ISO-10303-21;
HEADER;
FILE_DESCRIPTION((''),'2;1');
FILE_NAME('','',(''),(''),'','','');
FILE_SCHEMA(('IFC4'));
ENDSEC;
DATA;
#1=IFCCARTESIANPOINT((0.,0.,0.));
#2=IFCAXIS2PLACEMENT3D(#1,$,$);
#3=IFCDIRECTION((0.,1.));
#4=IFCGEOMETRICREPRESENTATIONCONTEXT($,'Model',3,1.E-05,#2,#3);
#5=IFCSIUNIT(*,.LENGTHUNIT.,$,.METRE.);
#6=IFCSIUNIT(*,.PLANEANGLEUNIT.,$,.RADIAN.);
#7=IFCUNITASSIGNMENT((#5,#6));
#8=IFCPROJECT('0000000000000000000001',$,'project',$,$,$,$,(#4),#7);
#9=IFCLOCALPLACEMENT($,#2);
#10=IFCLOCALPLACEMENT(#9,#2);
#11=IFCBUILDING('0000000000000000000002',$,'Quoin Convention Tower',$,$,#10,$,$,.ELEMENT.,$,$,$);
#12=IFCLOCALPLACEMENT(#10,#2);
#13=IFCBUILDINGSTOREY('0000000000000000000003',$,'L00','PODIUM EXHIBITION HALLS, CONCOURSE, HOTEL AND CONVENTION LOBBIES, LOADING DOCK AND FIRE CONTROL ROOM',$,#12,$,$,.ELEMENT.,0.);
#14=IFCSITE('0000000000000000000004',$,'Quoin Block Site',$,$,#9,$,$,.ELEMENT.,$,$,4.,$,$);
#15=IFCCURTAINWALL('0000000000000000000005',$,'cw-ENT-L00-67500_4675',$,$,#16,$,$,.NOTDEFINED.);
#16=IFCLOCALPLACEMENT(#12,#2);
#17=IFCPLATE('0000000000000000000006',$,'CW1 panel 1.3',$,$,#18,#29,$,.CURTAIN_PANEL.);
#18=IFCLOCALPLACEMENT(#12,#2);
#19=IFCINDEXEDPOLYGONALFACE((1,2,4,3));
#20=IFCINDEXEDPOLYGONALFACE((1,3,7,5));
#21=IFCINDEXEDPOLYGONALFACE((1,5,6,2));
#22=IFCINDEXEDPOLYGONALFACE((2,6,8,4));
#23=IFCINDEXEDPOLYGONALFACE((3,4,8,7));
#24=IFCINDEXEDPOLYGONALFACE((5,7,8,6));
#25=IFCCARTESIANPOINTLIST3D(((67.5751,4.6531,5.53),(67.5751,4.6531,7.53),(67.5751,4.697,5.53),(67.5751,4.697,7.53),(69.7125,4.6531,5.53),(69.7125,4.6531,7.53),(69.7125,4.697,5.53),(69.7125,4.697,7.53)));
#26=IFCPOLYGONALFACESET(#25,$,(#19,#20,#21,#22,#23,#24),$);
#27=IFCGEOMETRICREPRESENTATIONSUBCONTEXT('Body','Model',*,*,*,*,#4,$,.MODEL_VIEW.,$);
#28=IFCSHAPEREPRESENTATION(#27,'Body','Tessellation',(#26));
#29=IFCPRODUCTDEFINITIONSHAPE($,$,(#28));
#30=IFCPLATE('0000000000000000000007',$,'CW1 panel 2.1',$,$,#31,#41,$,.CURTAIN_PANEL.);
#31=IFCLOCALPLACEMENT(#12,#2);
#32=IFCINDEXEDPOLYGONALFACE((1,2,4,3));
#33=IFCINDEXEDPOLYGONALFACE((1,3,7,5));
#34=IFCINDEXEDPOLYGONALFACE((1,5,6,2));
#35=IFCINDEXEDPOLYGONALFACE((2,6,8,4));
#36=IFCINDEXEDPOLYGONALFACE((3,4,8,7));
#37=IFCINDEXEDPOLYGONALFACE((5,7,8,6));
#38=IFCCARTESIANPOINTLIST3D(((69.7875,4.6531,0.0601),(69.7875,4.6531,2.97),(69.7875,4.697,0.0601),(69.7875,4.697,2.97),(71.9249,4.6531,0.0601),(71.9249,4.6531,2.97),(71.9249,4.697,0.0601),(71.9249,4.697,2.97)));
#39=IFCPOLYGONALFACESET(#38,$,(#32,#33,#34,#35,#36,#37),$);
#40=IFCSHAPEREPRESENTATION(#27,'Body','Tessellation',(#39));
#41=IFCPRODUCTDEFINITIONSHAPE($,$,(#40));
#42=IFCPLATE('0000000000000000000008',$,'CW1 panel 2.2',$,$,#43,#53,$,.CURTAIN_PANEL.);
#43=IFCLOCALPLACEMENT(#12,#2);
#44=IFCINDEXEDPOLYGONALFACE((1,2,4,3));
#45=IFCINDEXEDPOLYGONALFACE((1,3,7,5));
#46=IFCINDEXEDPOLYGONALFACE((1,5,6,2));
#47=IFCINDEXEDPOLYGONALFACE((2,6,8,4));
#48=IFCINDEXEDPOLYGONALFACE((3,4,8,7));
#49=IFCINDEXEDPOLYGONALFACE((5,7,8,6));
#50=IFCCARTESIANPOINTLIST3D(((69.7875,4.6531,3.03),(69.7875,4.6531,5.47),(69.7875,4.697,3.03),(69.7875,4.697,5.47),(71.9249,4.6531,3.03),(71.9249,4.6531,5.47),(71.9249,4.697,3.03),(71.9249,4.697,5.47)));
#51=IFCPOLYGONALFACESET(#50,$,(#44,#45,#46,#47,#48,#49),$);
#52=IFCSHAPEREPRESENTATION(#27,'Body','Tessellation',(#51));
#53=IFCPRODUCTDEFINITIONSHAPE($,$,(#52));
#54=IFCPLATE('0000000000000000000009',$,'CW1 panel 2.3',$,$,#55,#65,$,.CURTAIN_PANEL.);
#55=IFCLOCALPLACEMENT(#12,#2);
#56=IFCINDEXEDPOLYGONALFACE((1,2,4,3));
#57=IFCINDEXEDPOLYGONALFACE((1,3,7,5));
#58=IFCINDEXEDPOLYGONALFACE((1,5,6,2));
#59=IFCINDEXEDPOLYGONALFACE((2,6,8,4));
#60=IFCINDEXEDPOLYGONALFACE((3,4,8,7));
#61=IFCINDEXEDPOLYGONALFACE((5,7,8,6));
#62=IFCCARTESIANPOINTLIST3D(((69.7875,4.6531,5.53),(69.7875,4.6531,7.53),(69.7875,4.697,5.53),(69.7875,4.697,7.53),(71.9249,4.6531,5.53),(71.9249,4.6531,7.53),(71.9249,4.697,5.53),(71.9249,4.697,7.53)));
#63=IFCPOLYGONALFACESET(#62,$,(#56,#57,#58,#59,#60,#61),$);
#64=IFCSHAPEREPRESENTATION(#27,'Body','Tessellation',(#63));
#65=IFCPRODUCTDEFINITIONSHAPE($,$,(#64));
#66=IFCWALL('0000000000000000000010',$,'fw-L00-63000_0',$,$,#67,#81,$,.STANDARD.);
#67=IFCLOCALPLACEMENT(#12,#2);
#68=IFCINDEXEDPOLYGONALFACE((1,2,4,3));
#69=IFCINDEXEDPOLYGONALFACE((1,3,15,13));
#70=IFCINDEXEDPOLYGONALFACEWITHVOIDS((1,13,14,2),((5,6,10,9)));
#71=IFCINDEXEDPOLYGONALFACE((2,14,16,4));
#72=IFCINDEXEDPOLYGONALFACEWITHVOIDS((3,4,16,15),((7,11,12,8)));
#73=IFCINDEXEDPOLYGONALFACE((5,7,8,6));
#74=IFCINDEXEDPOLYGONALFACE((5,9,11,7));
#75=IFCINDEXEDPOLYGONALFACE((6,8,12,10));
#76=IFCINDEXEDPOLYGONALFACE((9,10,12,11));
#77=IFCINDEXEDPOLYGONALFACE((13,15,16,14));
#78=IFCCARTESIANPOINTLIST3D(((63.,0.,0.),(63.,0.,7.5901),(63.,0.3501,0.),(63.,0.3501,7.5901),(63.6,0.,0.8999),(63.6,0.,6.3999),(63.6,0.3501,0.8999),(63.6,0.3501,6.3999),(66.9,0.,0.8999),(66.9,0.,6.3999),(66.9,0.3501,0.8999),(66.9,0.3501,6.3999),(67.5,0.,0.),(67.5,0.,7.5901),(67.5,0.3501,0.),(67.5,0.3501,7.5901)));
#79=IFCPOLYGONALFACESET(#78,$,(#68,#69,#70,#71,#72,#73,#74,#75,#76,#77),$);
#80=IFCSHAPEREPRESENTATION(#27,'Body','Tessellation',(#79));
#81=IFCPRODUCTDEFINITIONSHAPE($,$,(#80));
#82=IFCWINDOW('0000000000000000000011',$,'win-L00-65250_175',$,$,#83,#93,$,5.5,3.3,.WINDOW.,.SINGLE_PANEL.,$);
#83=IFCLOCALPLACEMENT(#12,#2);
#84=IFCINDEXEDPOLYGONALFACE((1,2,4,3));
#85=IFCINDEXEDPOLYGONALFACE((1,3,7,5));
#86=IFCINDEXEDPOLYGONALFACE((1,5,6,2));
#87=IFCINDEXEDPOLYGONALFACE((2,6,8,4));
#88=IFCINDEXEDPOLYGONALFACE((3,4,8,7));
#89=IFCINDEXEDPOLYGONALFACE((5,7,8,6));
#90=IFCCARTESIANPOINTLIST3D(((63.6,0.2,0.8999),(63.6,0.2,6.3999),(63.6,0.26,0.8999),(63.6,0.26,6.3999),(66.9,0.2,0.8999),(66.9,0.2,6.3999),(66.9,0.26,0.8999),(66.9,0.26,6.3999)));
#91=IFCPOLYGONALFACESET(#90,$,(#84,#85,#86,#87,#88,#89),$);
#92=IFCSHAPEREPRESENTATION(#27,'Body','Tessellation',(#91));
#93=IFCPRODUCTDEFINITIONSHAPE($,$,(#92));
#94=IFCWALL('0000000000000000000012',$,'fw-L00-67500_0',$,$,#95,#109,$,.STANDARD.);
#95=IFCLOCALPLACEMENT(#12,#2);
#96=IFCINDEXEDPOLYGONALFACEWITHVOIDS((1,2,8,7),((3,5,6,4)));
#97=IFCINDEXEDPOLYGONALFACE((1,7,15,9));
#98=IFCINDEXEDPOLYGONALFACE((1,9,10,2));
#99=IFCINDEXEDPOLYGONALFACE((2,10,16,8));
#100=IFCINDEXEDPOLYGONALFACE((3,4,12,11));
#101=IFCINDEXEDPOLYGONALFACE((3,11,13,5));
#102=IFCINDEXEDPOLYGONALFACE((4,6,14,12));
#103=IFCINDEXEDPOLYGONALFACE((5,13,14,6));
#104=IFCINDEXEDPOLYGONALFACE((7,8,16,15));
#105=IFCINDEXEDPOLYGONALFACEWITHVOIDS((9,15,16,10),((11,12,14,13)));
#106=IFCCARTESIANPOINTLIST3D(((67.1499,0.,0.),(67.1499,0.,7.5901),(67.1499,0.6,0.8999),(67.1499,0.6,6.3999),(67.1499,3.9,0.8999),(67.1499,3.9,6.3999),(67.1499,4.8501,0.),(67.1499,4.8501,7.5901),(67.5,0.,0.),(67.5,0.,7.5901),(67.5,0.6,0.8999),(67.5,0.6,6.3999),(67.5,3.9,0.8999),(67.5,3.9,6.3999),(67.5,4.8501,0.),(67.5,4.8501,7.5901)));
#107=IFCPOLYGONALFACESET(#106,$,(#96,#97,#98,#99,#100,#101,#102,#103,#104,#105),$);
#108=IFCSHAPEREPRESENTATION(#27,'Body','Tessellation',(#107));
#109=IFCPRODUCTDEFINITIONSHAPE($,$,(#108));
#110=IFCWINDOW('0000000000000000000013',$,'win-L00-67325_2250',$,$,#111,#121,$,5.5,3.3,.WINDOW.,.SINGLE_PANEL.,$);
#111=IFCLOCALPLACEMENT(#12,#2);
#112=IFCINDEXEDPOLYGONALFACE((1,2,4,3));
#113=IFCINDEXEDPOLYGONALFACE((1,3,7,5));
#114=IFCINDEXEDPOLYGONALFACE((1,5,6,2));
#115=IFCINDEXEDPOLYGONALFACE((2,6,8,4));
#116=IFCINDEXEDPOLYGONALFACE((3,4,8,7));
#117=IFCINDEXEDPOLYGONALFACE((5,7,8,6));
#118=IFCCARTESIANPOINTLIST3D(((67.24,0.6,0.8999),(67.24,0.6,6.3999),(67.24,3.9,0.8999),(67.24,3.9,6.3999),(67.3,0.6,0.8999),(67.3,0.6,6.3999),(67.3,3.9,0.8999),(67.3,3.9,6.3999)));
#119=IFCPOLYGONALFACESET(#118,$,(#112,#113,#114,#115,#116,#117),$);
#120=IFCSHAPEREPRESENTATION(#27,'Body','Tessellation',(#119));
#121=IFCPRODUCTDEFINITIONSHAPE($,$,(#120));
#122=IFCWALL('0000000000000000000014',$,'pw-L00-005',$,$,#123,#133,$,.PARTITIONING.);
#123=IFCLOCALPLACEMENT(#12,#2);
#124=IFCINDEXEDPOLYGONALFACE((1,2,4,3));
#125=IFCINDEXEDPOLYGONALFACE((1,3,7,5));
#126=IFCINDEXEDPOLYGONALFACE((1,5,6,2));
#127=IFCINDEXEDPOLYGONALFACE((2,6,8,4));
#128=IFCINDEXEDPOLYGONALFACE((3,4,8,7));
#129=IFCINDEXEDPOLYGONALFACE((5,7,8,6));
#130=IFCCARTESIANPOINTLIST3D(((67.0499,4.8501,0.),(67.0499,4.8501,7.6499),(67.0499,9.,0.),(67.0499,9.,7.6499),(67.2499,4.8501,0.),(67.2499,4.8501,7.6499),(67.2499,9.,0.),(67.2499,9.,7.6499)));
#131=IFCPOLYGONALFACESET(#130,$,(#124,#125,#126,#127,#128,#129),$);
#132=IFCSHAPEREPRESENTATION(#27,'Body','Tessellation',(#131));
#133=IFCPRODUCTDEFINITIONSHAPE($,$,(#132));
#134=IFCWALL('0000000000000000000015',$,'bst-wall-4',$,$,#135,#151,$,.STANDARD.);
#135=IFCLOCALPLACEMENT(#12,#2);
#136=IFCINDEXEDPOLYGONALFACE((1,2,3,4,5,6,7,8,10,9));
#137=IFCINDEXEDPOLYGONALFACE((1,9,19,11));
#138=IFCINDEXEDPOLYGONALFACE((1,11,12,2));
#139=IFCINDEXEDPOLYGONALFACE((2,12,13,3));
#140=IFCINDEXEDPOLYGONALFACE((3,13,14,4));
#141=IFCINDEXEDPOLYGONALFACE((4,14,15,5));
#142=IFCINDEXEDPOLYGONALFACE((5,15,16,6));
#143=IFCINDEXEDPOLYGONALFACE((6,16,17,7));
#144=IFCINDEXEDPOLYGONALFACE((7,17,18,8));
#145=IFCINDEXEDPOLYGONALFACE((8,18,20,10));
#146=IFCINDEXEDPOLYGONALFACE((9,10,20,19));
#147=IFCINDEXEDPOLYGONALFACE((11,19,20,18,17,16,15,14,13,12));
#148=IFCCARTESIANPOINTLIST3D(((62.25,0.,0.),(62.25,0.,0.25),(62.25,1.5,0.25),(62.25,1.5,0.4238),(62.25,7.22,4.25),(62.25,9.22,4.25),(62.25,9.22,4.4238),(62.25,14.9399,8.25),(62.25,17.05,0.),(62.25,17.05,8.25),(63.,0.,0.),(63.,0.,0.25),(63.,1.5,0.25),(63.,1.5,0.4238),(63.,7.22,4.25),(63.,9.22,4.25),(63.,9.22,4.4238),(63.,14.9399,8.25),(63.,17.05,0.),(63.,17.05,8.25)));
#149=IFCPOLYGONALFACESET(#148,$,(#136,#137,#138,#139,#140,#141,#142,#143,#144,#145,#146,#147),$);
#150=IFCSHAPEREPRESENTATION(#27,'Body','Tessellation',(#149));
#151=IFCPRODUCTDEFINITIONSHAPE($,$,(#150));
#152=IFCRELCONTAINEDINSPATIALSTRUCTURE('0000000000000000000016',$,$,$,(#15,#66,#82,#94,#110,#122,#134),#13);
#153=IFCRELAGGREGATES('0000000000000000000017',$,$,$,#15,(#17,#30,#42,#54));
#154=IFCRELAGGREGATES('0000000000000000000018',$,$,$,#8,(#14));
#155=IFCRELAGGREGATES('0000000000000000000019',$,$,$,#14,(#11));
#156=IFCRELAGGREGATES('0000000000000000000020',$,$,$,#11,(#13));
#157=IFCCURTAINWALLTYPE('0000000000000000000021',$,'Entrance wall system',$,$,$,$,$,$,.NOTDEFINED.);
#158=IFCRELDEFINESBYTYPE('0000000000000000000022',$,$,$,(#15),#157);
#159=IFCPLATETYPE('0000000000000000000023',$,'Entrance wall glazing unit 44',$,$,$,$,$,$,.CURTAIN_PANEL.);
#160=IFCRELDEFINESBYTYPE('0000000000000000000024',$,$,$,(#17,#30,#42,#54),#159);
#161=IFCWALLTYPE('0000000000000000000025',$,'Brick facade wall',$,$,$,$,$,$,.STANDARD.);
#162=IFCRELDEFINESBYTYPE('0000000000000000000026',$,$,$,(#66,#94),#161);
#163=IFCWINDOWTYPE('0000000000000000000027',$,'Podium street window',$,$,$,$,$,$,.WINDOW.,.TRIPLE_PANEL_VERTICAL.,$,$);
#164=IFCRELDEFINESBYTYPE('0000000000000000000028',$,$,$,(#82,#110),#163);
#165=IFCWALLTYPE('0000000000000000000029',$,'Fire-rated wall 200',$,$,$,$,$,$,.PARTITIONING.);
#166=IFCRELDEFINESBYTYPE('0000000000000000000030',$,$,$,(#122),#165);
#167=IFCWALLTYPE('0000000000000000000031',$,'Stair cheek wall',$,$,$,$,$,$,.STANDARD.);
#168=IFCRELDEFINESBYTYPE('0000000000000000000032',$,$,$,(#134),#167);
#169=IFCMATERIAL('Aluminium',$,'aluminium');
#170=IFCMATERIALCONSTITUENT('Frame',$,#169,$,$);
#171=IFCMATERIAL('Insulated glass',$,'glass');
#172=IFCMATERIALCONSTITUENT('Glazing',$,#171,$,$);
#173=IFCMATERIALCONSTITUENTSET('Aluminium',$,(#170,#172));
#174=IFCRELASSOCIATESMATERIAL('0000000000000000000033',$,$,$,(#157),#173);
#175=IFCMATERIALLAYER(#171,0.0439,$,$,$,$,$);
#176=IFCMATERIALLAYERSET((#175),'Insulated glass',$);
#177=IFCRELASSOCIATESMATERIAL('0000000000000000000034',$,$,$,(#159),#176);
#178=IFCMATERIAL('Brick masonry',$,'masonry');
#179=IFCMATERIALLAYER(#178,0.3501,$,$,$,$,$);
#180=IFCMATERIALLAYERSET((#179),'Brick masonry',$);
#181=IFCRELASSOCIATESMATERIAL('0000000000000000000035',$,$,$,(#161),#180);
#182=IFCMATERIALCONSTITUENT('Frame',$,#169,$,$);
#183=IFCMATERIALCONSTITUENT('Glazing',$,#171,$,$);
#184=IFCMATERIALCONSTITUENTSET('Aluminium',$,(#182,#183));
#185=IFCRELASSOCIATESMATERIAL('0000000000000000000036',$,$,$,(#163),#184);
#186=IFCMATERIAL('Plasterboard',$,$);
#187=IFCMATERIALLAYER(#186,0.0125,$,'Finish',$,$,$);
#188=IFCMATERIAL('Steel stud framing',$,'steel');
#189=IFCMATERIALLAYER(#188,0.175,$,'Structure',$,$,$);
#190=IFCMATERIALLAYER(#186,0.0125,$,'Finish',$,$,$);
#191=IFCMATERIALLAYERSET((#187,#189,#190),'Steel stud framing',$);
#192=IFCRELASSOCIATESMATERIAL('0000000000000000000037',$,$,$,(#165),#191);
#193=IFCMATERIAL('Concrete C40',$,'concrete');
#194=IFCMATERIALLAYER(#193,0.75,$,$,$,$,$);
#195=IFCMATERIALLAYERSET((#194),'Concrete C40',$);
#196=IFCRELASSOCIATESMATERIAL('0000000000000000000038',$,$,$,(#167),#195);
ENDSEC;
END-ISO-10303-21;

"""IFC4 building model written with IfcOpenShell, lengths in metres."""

from ifc_helpers import new_model, si_unit, direction, frame, frame_2d, origin, origin_2d, place, context, subcontext, project, spatial, polyline, rectangle, outline, extrude, material, layer, layer_set, constituent, constituent_set, type_object, element, fill, aggregate, save


model = new_model("IFC4")

# Units and contexts
model_context = context("Model", 3, precision=1e-05, world=origin(), true_north=direction((0.0, 1.0)))
body_context = subcontext(model_context, "Body", "Model", "MODEL_VIEW")
ifc_project = project(units=[si_unit("LENGTHUNIT", "METRE"), si_unit("PLANEANGLEUNIT", "RADIAN")], contexts=[model_context])

# Site, building, storey
site_placement = place(None, origin())
site = spatial("IfcSite", under=ifc_project, at=site_placement, Name="Quoin Block Site", CompositionType="ELEMENT", RefElevation=4.0)
building_placement = place(site_placement, origin())
building = spatial("IfcBuilding", under=site, at=building_placement, Name="Quoin Convention Tower", CompositionType="ELEMENT")
storey_placement = place(building_placement, origin())
storey = spatial("IfcBuildingStorey", under=building, at=storey_placement, Name="L00", Description="PODIUM EXHIBITION HALLS, CONCOURSE, HOTEL AND CONVENTION LOBBIES, LOADING DOCK AND FIRE CONTROL ROOM", CompositionType="ELEMENT", Elevation=0.0)

# Curtain wall, plates
ifc_material_1 = material(Name="Aluminium", Category="aluminium")
ifc_constituent_1 = constituent(ifc_material_1, Name="Frame")
ifc_material_2 = material(Name="Insulated glass", Category="glass")
ifc_constituent_2 = constituent(ifc_material_2, Name="Glazing")
ifc_constituent_set_1 = constituent_set(constituents=[ifc_constituent_1, ifc_constituent_2], Name="Aluminium")
curtain_wall_type = type_object("IfcCurtainWallType", Name="Entrance wall system", PredefinedType="NOTDEFINED", material=ifc_constituent_set_1)
curtain_wall_placement = place(storey_placement, origin())
curtain_wall = element("IfcCurtainWall", 1, at=curtain_wall_placement, inside=storey, type_object=curtain_wall_type, Name="cw-ENT-L00-67500_4675", PredefinedType="NOTDEFINED")
ifc_layer_1 = layer(ifc_material_2, 0.0439)
ifc_layer_set_1 = layer_set([ifc_layer_1], Name="Insulated glass")
plate_type = type_object("IfcPlateType", Name="Entrance wall glazing unit 44", PredefinedType="CURTAIN_PANEL", material=ifc_layer_set_1)
plate_1_placement = place(storey_placement, frame((68.6438, 4.675, 5.53), z_axis=(0.0, 0.0, 1.0), x_axis=(1.0, 0.0, 0.0)))
plate_1 = element("IfcPlate", 2, at=plate_1_placement, type_object=plate_type, Name="CW1 panel 1.3", PredefinedType="CURTAIN_PANEL", context=body_context, shape_type="SweptSolid", body=[
    extrude(rectangle(XDim=2.1375, YDim=0.0439, at=origin_2d()), origin(), (0.0, 0.0, 1.0), 2.0),
])
plate_2_placement = place(storey_placement, frame((70.8562, 4.675, 0.0601), z_axis=(0.0, 0.0, 1.0), x_axis=(1.0, 0.0, 0.0)))
plate_2 = element("IfcPlate", 3, at=plate_2_placement, type_object=plate_type, Name="CW1 panel 2.1", PredefinedType="CURTAIN_PANEL", context=body_context, shape_type="SweptSolid", body=[
    extrude(rectangle(XDim=2.1375, YDim=0.0439, at=origin_2d()), origin(), (0.0, 0.0, 1.0), 2.9099),
])
plate_3_placement = place(storey_placement, frame((70.8562, 4.675, 3.03), z_axis=(0.0, 0.0, 1.0), x_axis=(1.0, 0.0, 0.0)))
plate_3 = element("IfcPlate", 4, at=plate_3_placement, type_object=plate_type, Name="CW1 panel 2.2", PredefinedType="CURTAIN_PANEL", context=body_context, shape_type="SweptSolid", body=[
    extrude(rectangle(XDim=2.1375, YDim=0.0439, at=origin_2d()), origin(), (0.0, 0.0, 1.0), 2.4399),
])
plate_4_placement = place(storey_placement, frame((70.8562, 4.675, 5.53), z_axis=(0.0, 0.0, 1.0), x_axis=(1.0, 0.0, 0.0)))
plate_4 = element("IfcPlate", 5, at=plate_4_placement, type_object=plate_type, Name="CW1 panel 2.3", PredefinedType="CURTAIN_PANEL", context=body_context, shape_type="SweptSolid", body=[
    extrude(rectangle(XDim=2.1375, YDim=0.0439, at=origin_2d()), origin(), (0.0, 0.0, 1.0), 2.0),
])
aggregate(curtain_wall, [plate_1, plate_2, plate_3, plate_4])

# Walls, openings, windows
ifc_material_3 = material(Name="Brick masonry", Category="masonry")
ifc_layer_2 = layer(ifc_material_3, 0.3501)
ifc_layer_set_2 = layer_set([ifc_layer_2], Name="Brick masonry")
wall_type_1 = type_object("IfcWallType", Name="Brick facade wall", PredefinedType="STANDARD", material=ifc_layer_set_2)
wall_1_placement = place(storey_placement, frame((63.0, 0.175, 0.0), z_axis=(0.0, 0.0, 1.0), x_axis=(1.0, 0.0, 0.0)))
wall_1 = element("IfcWall", 6, at=wall_1_placement, inside=storey, type_object=wall_type_1, Name="fw-L00-63000_0", PredefinedType="STANDARD", context=body_context, shape_type="SweptSolid", body=[
    extrude(rectangle(XDim=4.5, YDim=0.3501, at=frame_2d((2.25, 0.0))), origin(), (0.0, 0.0, 1.0), 7.5901),
])
opening_1_placement = place(wall_1_placement, frame((0.6001, 0.0, 0.8999)))
opening_1 = element("IfcOpeningElement", 7, at=opening_1_placement, cuts=wall_1, PredefinedType="OPENING", context=body_context, shape_type="SweptSolid", body=[
    extrude(rectangle(XDim=3.3, YDim=5.5, at=frame_2d((1.6499, 2.75))), frame((0.0, 0.1851, 0.0), z_axis=(0.0, -1.0, 0.0), x_axis=(1.0, 0.0, 0.0)), (0.0, 0.0, 1.0), 0.3701),
])
ifc_constituent_3 = constituent(ifc_material_1, Name="Frame")
ifc_constituent_4 = constituent(ifc_material_2, Name="Glazing")
ifc_constituent_set_2 = constituent_set(constituents=[ifc_constituent_3, ifc_constituent_4], Name="Aluminium")
window_type = type_object("IfcWindowType", Name="Podium street window", PartitioningType="TRIPLE_PANEL_VERTICAL", PredefinedType="WINDOW", material=ifc_constituent_set_2)
window_1_placement = place(opening_1_placement, origin())
window_1 = element("IfcWindow", 8, at=window_1_placement, inside=storey, type_object=window_type, Name="win-L00-65250_175", OverallHeight=5.5, OverallWidth=3.3, PartitioningType="SINGLE_PANEL", PredefinedType="WINDOW", context=body_context, shape_type="SweptSolid", body=[
    extrude(rectangle(XDim=3.3, YDim=5.5, at=frame_2d((1.6499, 2.75))), frame((0.0, 0.085, 0.0), z_axis=(0.0, -1.0, 0.0), x_axis=(1.0, 0.0, 0.0)), (0.0, 0.0, 1.0), 0.0601),
])
fill(opening_1, window_1)
wall_2_placement = place(storey_placement, frame((67.325, 0.0, 0.0), z_axis=(0.0, 0.0, 1.0), x_axis=(0.0, 1.0, 0.0)))
wall_2 = element("IfcWall", 9, at=wall_2_placement, inside=storey, type_object=wall_type_1, Name="fw-L00-67500_0", PredefinedType="STANDARD", context=body_context, shape_type="SweptSolid", body=[
    extrude(rectangle(XDim=4.8501, YDim=0.3501, at=frame_2d((2.425, 0.0))), origin(), (0.0, 0.0, 1.0), 7.5901),
])
opening_2_placement = place(wall_2_placement, frame((0.6001, 0.0, 0.8999)))
opening_2 = element("IfcOpeningElement", 10, at=opening_2_placement, cuts=wall_2, PredefinedType="OPENING", context=body_context, shape_type="SweptSolid", body=[
    extrude(rectangle(XDim=3.3, YDim=5.5, at=frame_2d((1.6499, 2.75))), frame((0.0, 0.1851, 0.0), z_axis=(0.0, -1.0, 0.0), x_axis=(1.0, 0.0, 0.0)), (0.0, 0.0, 1.0), 0.3701),
])
window_2_placement = place(opening_2_placement, origin())
window_2 = element("IfcWindow", 11, at=window_2_placement, inside=storey, type_object=window_type, Name="win-L00-67325_2250", OverallHeight=5.5, OverallWidth=3.3, PartitioningType="SINGLE_PANEL", PredefinedType="WINDOW", context=body_context, shape_type="SweptSolid", body=[
    extrude(rectangle(XDim=3.3, YDim=5.5, at=frame_2d((1.6499, 2.75))), frame((0.0, 0.085, 0.0), z_axis=(0.0, -1.0, 0.0), x_axis=(1.0, 0.0, 0.0)), (0.0, 0.0, 1.0), 0.0601),
])
fill(opening_2, window_2)

# Walls
ifc_material_4 = material(Name="Plasterboard")
ifc_layer_3 = layer(ifc_material_4, 0.0125, Name="Finish")
ifc_material_5 = material(Name="Steel stud framing", Category="steel")
ifc_layer_4 = layer(ifc_material_5, 0.175, Name="Structure")
ifc_layer_5 = layer(ifc_material_4, 0.0125, Name="Finish")
ifc_layer_set_3 = layer_set([ifc_layer_3, ifc_layer_4, ifc_layer_5], Name="Steel stud framing")
wall_type_2 = type_object("IfcWallType", Name="Fire-rated wall 200", PredefinedType="PARTITIONING", material=ifc_layer_set_3)
wall_3_placement = place(storey_placement, frame((67.1499, 4.8501, 0.0), z_axis=(0.0, 0.0, 1.0), x_axis=(0.0, 1.0, 0.0)))
element("IfcWall", 12, at=wall_3_placement, inside=storey, type_object=wall_type_2, Name="pw-L00-005", PredefinedType="PARTITIONING", context=body_context, shape_type="SweptSolid", body=[
    extrude(rectangle(XDim=4.1499, YDim=0.2, at=frame_2d((2.075, 0.0))), origin(), (0.0, 0.0, 1.0), 7.6499),
])
ifc_material_6 = material(Name="Concrete C40", Category="concrete")
ifc_layer_6 = layer(ifc_material_6, 0.75)
ifc_layer_set_4 = layer_set([ifc_layer_6], Name="Concrete C40")
wall_type_3 = type_object("IfcWallType", Name="Stair cheek wall", PredefinedType="STANDARD", material=ifc_layer_set_4)
wall_4_placement = place(storey_placement, frame((62.625, 0.0, 0.0), z_axis=(0.0, 0.0, 1.0), x_axis=(0.0, 1.0, 0.0)))
element("IfcWall", 13, at=wall_4_placement, inside=storey, type_object=wall_type_3, Name="bst-wall-4", PredefinedType="STANDARD", context=body_context, shape_type="SweptSolid", body=[
    extrude(outline(polyline([(0.0, 0.0), (17.05, 0.0), (17.05, 8.25), (14.9399, 8.25), (9.22, 4.4238), (9.22, 4.25), (7.22, 4.25), (1.5, 0.4238), (1.5, 0.25), (0.0, 0.25), (0.0, 0.0)])), frame((0.0, 0.375, 0.0), z_axis=(0.0, -1.0, 0.0), x_axis=(1.0, 0.0, 0.0)), (0.0, 0.0, 1.0), 0.75),
])

save(model, "model.ifc")
